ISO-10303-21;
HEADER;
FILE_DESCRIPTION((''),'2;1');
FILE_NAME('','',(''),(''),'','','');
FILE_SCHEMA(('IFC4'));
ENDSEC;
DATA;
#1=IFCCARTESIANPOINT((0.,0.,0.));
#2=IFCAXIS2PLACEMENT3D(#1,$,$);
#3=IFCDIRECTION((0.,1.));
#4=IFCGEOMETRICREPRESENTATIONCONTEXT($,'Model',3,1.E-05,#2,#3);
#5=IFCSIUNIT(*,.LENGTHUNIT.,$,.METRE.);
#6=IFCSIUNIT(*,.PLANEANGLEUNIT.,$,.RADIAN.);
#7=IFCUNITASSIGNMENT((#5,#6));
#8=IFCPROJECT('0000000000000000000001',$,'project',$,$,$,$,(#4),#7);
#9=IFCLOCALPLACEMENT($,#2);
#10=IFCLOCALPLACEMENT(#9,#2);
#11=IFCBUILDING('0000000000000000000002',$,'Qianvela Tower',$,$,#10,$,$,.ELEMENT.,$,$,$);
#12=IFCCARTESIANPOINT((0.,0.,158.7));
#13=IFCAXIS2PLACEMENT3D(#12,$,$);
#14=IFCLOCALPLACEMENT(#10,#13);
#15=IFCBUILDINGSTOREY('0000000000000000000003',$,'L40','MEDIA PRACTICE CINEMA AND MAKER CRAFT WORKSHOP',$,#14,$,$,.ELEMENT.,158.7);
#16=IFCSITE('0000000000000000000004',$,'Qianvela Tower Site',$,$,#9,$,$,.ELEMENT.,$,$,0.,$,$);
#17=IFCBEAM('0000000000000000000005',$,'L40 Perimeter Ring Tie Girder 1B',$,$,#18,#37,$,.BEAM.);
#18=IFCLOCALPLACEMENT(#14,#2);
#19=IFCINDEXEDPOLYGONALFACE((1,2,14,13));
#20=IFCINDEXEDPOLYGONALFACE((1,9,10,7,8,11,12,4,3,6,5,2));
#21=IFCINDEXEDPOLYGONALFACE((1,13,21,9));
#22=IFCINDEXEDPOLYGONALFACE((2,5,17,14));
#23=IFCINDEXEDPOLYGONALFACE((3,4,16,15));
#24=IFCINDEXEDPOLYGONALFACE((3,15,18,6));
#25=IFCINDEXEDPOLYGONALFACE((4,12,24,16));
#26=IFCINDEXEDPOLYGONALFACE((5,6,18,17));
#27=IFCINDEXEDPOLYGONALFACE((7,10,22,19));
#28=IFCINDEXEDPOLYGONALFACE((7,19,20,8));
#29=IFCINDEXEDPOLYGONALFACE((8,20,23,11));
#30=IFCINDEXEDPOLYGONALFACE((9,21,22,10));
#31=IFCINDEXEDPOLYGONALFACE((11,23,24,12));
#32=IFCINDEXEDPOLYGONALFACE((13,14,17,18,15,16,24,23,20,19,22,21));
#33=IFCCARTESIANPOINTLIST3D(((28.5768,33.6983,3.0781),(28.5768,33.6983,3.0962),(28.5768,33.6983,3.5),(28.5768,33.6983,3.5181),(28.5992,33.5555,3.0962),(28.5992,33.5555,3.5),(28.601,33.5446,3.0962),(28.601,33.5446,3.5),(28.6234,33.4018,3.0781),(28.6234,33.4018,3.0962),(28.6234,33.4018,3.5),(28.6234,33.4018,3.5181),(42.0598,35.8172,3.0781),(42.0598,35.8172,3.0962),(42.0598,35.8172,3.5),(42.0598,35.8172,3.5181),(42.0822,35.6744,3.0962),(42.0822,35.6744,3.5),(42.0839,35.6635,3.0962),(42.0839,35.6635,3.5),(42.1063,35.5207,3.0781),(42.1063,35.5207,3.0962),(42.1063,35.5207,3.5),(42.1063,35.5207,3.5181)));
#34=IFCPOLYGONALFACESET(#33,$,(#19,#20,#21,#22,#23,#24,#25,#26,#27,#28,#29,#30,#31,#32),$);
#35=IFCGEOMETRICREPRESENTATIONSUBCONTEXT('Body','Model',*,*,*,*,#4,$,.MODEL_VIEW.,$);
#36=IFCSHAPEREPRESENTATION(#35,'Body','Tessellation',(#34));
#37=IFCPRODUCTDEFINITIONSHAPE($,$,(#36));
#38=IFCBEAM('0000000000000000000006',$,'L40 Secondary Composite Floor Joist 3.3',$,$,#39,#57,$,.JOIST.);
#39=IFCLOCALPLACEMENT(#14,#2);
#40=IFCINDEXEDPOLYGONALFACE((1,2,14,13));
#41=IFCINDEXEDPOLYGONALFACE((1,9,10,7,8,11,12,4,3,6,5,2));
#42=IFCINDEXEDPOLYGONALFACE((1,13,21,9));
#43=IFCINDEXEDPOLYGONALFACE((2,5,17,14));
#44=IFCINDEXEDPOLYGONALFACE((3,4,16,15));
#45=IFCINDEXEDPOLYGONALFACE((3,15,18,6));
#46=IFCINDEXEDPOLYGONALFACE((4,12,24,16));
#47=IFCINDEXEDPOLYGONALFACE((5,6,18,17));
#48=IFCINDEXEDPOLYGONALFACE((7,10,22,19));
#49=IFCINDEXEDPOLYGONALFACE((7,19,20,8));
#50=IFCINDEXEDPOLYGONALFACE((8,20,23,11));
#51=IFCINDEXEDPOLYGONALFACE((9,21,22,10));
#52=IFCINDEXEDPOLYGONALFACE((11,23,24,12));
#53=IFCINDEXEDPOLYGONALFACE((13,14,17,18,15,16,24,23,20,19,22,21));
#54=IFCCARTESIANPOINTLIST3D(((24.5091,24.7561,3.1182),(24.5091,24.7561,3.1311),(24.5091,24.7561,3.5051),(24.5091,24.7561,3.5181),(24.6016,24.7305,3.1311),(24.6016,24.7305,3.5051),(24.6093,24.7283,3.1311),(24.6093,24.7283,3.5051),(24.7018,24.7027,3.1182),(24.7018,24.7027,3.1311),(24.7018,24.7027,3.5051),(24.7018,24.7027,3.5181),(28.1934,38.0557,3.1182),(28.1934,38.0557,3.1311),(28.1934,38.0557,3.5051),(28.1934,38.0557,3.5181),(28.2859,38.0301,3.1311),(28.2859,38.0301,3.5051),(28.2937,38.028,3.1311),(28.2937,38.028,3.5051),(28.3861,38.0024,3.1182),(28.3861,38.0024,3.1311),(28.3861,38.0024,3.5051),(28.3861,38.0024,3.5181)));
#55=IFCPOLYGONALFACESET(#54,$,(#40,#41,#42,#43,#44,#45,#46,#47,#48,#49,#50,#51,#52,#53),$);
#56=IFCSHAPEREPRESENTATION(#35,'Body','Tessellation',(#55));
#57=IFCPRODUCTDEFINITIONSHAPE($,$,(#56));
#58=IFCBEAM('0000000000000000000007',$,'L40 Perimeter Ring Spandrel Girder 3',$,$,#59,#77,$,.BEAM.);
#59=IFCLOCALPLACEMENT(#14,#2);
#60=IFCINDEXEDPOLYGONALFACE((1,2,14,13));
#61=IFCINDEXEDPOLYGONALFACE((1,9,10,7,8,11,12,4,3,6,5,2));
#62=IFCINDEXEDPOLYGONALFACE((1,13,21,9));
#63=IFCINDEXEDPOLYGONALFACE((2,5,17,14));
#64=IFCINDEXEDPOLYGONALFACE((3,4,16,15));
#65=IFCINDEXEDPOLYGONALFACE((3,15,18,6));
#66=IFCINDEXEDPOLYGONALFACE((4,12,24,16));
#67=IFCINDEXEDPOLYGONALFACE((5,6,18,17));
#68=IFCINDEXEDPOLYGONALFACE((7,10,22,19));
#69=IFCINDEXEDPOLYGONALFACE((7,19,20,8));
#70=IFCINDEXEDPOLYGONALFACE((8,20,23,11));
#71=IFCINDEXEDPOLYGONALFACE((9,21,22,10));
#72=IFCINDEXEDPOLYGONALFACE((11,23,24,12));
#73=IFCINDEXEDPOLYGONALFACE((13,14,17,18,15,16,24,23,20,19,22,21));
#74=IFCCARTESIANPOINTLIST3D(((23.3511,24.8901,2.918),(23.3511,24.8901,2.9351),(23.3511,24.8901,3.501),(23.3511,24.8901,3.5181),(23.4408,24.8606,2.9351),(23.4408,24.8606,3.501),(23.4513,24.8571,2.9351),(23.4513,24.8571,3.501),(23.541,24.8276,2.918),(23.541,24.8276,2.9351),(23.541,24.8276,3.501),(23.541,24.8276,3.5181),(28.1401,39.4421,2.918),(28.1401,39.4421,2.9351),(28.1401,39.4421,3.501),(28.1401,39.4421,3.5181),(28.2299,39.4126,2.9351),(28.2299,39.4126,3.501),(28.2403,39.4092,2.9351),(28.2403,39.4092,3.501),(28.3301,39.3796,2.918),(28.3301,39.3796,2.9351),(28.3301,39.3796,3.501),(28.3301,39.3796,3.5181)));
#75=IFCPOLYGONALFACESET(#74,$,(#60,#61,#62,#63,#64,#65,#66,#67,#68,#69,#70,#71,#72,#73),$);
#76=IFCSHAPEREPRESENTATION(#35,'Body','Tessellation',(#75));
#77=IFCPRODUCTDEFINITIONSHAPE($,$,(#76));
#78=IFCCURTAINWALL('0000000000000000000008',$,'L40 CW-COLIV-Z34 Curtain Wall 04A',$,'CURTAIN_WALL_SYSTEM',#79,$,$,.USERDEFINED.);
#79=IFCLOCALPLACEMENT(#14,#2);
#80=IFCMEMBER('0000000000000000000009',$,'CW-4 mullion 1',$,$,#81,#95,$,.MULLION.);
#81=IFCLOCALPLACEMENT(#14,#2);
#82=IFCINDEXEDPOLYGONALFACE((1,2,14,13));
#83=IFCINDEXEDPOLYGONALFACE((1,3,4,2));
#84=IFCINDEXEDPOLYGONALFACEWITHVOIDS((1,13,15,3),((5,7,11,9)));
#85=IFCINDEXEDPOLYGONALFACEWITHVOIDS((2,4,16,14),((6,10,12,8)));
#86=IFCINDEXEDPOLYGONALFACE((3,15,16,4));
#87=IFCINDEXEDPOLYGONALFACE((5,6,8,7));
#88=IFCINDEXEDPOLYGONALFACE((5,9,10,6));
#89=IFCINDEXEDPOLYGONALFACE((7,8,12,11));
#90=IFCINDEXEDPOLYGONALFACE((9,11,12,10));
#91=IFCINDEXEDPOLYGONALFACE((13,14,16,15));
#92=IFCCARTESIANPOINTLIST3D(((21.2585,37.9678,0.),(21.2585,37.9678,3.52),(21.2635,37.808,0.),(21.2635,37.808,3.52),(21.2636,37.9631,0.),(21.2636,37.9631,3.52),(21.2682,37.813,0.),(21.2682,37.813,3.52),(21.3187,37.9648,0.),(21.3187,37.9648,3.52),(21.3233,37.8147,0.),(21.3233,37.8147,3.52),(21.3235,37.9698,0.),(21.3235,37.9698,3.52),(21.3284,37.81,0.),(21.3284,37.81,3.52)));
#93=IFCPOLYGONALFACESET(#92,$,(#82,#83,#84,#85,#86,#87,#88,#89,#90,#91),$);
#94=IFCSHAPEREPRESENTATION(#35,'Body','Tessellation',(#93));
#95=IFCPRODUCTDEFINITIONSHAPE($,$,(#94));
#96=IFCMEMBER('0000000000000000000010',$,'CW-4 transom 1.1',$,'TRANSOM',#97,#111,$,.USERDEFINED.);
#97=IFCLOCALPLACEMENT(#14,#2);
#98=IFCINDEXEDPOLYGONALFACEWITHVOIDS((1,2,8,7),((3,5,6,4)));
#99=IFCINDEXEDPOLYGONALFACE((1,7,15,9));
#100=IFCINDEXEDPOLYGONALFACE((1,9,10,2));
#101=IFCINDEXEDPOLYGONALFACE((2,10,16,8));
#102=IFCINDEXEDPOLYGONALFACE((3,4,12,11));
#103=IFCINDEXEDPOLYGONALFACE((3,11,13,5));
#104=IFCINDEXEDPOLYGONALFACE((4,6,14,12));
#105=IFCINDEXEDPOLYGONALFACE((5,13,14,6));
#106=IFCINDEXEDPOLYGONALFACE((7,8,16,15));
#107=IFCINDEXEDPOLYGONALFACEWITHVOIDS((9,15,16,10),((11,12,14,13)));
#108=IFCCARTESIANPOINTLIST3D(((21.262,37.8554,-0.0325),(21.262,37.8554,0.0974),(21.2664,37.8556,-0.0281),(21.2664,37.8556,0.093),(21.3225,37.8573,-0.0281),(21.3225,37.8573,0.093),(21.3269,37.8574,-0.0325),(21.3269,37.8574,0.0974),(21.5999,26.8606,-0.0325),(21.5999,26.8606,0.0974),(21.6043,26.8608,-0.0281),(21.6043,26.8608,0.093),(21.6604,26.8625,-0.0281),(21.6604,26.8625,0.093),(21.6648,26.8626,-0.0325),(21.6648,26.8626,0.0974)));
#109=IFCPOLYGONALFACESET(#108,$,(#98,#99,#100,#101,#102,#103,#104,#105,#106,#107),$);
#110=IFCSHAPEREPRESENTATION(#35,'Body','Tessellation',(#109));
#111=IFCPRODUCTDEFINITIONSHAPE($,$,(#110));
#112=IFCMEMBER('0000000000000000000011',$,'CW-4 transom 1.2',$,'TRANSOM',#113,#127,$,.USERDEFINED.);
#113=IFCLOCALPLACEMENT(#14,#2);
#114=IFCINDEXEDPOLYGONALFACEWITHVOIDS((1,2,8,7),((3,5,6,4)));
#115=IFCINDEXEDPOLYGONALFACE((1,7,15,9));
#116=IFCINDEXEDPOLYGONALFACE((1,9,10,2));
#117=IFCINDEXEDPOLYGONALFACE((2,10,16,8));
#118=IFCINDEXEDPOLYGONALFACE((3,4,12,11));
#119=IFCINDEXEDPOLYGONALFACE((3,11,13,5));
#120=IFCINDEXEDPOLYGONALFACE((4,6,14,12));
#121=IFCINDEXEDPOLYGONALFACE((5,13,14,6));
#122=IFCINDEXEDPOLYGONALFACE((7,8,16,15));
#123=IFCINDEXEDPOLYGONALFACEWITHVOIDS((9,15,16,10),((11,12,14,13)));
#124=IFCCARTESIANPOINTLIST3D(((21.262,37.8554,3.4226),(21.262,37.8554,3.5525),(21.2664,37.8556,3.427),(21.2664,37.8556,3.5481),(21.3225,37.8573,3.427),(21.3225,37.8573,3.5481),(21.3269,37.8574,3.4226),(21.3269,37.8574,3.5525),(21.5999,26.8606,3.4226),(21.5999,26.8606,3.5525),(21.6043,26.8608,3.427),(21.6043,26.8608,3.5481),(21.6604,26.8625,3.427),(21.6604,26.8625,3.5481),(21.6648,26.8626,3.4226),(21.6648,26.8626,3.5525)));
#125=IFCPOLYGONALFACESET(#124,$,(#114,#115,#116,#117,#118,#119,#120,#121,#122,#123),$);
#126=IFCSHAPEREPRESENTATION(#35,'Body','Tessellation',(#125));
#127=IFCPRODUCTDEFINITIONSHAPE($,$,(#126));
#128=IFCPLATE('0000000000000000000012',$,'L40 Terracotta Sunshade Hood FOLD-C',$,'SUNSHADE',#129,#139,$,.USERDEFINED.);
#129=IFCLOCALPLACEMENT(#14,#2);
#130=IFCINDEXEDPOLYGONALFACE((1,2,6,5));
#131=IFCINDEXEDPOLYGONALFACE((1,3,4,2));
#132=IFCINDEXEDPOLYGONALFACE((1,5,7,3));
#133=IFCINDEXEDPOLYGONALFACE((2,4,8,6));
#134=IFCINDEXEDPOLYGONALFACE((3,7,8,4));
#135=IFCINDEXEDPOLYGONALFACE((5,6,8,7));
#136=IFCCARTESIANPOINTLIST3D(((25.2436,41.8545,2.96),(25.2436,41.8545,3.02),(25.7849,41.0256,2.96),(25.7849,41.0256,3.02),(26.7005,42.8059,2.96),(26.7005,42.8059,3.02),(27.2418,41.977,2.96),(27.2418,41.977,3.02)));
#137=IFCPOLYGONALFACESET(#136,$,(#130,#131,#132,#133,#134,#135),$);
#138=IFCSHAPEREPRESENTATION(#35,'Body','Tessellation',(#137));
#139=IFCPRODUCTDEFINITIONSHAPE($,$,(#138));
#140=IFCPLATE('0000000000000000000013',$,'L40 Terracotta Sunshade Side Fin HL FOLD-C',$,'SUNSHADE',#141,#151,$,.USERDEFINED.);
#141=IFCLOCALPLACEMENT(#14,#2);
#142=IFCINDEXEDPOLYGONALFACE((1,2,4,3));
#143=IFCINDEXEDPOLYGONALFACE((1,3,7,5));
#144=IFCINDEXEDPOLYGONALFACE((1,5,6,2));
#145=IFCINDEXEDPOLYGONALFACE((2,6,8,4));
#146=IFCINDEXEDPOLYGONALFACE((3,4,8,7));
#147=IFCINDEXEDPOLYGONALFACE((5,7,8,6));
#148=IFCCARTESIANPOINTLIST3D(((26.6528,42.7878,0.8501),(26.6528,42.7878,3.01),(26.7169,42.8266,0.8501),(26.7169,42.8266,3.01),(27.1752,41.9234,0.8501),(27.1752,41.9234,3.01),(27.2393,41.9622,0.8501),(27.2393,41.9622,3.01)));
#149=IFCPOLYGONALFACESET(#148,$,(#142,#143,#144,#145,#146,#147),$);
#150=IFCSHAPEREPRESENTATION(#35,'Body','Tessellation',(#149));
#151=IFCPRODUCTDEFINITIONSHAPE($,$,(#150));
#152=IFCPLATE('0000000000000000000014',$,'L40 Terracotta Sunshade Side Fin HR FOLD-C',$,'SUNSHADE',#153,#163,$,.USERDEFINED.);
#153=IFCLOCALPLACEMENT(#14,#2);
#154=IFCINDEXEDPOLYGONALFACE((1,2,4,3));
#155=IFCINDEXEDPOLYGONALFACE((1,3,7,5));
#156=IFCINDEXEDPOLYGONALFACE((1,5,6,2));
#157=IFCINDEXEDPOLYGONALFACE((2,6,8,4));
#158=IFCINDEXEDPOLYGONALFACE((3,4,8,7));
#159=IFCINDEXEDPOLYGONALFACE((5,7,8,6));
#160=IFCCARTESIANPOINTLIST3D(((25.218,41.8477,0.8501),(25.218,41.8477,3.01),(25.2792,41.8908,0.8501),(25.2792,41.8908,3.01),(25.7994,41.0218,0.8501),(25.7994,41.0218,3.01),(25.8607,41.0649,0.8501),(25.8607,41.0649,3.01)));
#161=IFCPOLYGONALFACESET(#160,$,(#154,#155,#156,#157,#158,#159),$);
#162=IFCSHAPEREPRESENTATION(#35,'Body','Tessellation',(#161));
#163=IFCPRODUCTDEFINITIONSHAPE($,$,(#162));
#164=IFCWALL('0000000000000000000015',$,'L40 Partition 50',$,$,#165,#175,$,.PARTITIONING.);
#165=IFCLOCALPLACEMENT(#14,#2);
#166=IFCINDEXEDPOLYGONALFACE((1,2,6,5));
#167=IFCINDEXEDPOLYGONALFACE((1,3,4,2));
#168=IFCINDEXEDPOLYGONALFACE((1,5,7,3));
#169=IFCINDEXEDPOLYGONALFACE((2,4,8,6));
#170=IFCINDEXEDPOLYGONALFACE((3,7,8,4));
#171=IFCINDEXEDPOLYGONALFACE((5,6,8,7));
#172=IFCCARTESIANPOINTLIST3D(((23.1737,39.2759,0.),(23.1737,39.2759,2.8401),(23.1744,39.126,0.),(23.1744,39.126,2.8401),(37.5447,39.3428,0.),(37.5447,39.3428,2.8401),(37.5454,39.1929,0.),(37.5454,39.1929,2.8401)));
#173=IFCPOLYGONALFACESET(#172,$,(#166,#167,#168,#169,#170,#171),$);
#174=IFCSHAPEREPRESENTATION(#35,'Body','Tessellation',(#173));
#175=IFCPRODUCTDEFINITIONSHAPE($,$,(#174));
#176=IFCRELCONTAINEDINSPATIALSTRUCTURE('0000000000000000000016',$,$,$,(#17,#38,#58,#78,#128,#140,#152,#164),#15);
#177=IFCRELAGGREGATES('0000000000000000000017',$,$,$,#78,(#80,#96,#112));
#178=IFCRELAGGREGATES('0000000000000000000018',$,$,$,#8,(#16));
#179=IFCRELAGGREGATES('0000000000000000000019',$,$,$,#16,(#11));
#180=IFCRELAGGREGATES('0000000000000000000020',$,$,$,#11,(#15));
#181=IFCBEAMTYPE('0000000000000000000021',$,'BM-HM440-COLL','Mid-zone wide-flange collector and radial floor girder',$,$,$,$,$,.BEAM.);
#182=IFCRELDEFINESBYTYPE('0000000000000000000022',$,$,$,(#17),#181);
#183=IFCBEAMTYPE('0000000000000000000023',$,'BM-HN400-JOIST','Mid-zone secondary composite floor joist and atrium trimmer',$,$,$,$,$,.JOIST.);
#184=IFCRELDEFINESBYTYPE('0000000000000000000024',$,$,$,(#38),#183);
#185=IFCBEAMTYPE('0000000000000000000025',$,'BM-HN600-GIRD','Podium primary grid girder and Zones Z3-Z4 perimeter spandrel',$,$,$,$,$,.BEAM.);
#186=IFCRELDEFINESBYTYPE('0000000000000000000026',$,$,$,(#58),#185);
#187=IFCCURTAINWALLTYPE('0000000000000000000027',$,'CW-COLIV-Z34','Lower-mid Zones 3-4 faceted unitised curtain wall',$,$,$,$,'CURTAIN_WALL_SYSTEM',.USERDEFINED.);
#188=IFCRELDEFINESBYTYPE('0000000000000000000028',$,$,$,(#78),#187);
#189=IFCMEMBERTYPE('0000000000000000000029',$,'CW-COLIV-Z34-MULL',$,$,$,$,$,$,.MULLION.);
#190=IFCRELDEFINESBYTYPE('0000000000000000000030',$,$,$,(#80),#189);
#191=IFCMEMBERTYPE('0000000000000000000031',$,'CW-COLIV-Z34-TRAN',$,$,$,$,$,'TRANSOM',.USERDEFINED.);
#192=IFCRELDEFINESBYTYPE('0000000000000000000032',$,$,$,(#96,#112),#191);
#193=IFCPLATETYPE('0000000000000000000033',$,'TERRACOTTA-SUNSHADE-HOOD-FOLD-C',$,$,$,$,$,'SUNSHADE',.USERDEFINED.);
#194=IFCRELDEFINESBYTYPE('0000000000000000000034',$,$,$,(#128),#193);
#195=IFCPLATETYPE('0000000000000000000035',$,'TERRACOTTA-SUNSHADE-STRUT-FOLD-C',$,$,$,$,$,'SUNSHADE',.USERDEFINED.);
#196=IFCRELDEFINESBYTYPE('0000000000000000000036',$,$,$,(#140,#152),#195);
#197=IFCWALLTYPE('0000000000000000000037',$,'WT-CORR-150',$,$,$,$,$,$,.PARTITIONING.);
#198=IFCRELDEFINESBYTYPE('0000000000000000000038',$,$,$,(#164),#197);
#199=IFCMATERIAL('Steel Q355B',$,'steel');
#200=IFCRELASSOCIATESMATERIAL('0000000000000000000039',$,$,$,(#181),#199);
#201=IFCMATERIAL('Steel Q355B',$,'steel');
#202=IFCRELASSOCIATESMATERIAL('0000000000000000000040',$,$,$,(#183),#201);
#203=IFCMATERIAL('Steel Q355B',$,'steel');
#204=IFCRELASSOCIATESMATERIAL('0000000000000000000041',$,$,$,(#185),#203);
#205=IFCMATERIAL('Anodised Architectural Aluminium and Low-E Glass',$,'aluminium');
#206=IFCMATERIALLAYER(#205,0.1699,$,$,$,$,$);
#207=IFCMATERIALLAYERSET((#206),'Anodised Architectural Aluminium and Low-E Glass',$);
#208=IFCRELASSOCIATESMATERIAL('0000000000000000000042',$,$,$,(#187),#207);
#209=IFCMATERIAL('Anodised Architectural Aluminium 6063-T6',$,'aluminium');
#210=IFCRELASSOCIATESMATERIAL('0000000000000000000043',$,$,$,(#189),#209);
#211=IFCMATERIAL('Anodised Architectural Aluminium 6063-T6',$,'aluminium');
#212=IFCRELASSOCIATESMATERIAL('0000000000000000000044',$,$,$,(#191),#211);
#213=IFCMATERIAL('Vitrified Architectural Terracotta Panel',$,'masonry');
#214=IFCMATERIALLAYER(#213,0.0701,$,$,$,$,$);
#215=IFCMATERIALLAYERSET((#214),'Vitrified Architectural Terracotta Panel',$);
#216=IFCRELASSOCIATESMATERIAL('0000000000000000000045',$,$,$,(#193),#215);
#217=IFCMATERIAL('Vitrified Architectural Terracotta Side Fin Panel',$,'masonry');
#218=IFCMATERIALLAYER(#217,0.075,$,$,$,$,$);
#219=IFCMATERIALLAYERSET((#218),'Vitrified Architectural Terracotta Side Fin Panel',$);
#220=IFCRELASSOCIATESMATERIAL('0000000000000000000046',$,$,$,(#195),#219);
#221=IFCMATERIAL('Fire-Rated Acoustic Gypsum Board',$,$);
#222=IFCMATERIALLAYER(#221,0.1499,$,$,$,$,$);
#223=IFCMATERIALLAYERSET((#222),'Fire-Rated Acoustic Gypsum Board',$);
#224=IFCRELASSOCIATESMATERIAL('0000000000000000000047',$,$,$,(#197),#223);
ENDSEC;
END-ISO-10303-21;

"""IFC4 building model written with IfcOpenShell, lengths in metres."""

from ifc_helpers import new_model, si_unit, direction, frame, frame_2d, origin, origin_2d, place, context, subcontext, project, spatial, rectangle, hollow_rectangle, i_section, extrude, material, layer, layer_set, material_profile, profile_set, type_object, element, aggregate, save


model = new_model("IFC4")

# Units and contexts
model_context = context("Model", 3, precision=1e-05, world=origin(), true_north=direction((0.0, 1.0)))
body_context = subcontext(model_context, "Body", "Model", "MODEL_VIEW")
ifc_project = project(units=[si_unit("LENGTHUNIT", "METRE"), si_unit("PLANEANGLEUNIT", "RADIAN")], contexts=[model_context])

# Site, building, storey
site_placement = place(None, origin())
site = spatial("IfcSite", under=ifc_project, at=site_placement, Name="Qianvela Tower Site", CompositionType="ELEMENT", RefElevation=0.0)
building_placement = place(site_placement, origin())
building = spatial("IfcBuilding", under=site, at=building_placement, Name="Qianvela Tower", CompositionType="ELEMENT")
storey_placement = place(building_placement, frame((0.0, 0.0, 158.7)))
storey = spatial("IfcBuildingStorey", under=building, at=storey_placement, Name="L40", Description="MEDIA PRACTICE CINEMA AND MAKER CRAFT WORKSHOP", CompositionType="ELEMENT", Elevation=158.7)

# Beams
ifc_material_1 = material(Name="Steel Q355B", Category="steel")
ifc_material_profile_1 = material_profile(ifc_material_1, i_section(OverallWidth=0.3, OverallDepth=0.4399, WebThickness=0.011, FlangeThickness=0.0181, at=origin_2d()), Name="HM440x300x11x18")
ifc_profile_set_1 = profile_set([ifc_material_profile_1], Name="Steel Q355B")
beam_type_1 = type_object("IfcBeamType", Name="BM-HM440-COLL", Description="Mid-zone wide-flange collector and radial floor girder", PredefinedType="BEAM", material=ifc_profile_set_1)
beam_1_placement = place(storey_placement, frame((28.6001, 33.55, 3.2981), z_axis=(0.987875, 0.155249, 0.0), x_axis=(-0.155249, 0.987875, 0.0)))
element("IfcBeam", 1, at=beam_1_placement, inside=storey, type_object=beam_type_1, Name="L40 Perimeter Ring Tie Girder 1B", PredefinedType="BEAM", context=body_context, shape_type="SweptSolid", body=[
    extrude(i_section(OverallWidth=0.3, OverallDepth=0.4399, WebThickness=0.011, FlangeThickness=0.0181, at=origin_2d()), origin(), (0.0, 0.0, 1.0), 13.6484),
])
ifc_material_2 = material(Name="Steel Q355B", Category="steel")
ifc_material_profile_2 = material_profile(ifc_material_2, i_section(OverallWidth=0.2, OverallDepth=0.3999, WebThickness=0.0081, FlangeThickness=0.0129, at=origin_2d()), Name="HN400x200x8x13")
ifc_profile_set_2 = profile_set([ifc_material_profile_2], Name="Steel Q355B")
beam_type_2 = type_object("IfcBeamType", Name="BM-HN400-JOIST", Description="Mid-zone secondary composite floor joist and atrium trimmer", PredefinedType="JOIST", material=ifc_profile_set_2)
beam_2_placement = place(storey_placement, frame((28.2898, 38.0291, 3.3181), z_axis=(-0.266971, -0.963704, 0.0), x_axis=(0.963704, -0.266971, 0.0)))
element("IfcBeam", 2, at=beam_2_placement, inside=storey, type_object=beam_type_2, Name="L40 Secondary Composite Floor Joist 3.3", PredefinedType="JOIST", context=body_context, shape_type="SweptSolid", body=[
    extrude(i_section(OverallWidth=0.2, OverallDepth=0.3999, WebThickness=0.0081, FlangeThickness=0.0129, at=origin_2d()), origin(), (0.0, 0.0, 1.0), 13.8005),
])
ifc_material_3 = material(Name="Steel Q355B", Category="steel")
ifc_material_profile_3 = material_profile(ifc_material_3, i_section(OverallWidth=0.2, OverallDepth=0.6001, WebThickness=0.011, FlangeThickness=0.0171, at=origin_2d()), Name="HN600x200x11x17")
ifc_profile_set_3 = profile_set([ifc_material_profile_3], Name="Steel Q355B")
beam_type_3 = type_object("IfcBeamType", Name="BM-HN600-GIRD", Description="Podium primary grid girder and Zones Z3-Z4 perimeter spandrel", PredefinedType="BEAM", material=ifc_profile_set_3)
beam_3_placement = place(storey_placement, frame((28.2351, 39.4109, 3.218), z_axis=(-0.312606, -0.949883, 0.0), x_axis=(0.949883, -0.312606, 0.0)))
element("IfcBeam", 3, at=beam_3_placement, inside=storey, type_object=beam_type_3, Name="L40 Perimeter Ring Spandrel Girder 3", PredefinedType="BEAM", context=body_context, shape_type="SweptSolid", body=[
    extrude(i_section(OverallWidth=0.2, OverallDepth=0.6001, WebThickness=0.011, FlangeThickness=0.0171, at=origin_2d()), origin(), (0.0, 0.0, 1.0), 15.3198),
])

# Curtain wall, members
ifc_material_4 = material(Name="Anodised Architectural Aluminium and Low-E Glass", Category="aluminium")
ifc_layer_1 = layer(ifc_material_4, 0.1699)
ifc_layer_set_1 = layer_set([ifc_layer_1], Name="Anodised Architectural Aluminium and Low-E Glass")
curtain_wall_type = type_object("IfcCurtainWallType", Name="CW-COLIV-Z34", Description="Lower-mid Zones 3-4 faceted unitised curtain wall", ElementType="CURTAIN_WALL_SYSTEM", PredefinedType="USERDEFINED", material=ifc_layer_set_1)
curtain_wall_placement = place(storey_placement, origin())
curtain_wall = element("IfcCurtainWall", 4, at=curtain_wall_placement, inside=storey, type_object=curtain_wall_type, Name="L40 CW-COLIV-Z34 Curtain Wall 04A", ObjectType="CURTAIN_WALL_SYSTEM", PredefinedType="USERDEFINED")
ifc_material_5 = material(Name="Anodised Architectural Aluminium 6063-T6", Category="aluminium")
ifc_material_profile_4 = material_profile(ifc_material_5, hollow_rectangle(XDim=0.0649, YDim=0.1599, WallThickness=0.0049, at=origin_2d()), Name="ALU-MULL-65x160")
ifc_profile_set_4 = profile_set([ifc_material_profile_4], Name="Anodised Architectural Aluminium 6063-T6")
member_type_1 = type_object("IfcMemberType", Name="CW-COLIV-Z34-MULL", PredefinedType="MULLION", material=ifc_profile_set_4)
member_1_placement = place(storey_placement, frame((21.2935, 37.8889, 0.0), z_axis=(0.0, 0.0, 1.0), x_axis=(0.999528, 0.030719, 0.0)))
member_1 = element("IfcMember", 5, at=member_1_placement, type_object=member_type_1, Name="CW-4 mullion 1", PredefinedType="MULLION", context=body_context, shape_type="SweptSolid", body=[
    extrude(hollow_rectangle(XDim=0.0649, YDim=0.1599, WallThickness=0.0049, at=origin_2d()), origin(), (0.0, 0.0, 1.0), 3.52),
])
ifc_material_6 = material(Name="Anodised Architectural Aluminium 6063-T6", Category="aluminium")
ifc_material_profile_5 = material_profile(ifc_material_6, hollow_rectangle(XDim=0.0649, YDim=0.1299, WallThickness=0.0044, at=origin_2d()), Name="ALU-TRAN-65x130")
ifc_profile_set_5 = profile_set([ifc_material_profile_5], Name="Anodised Architectural Aluminium 6063-T6")
member_type_2 = type_object("IfcMemberType", Name="CW-COLIV-Z34-TRAN", ElementType="TRANSOM", PredefinedType="USERDEFINED", material=ifc_profile_set_5)
member_2_placement = place(storey_placement, frame((21.2944, 37.8564, 0.0325), z_axis=(0.030717, -0.999528, 0.0), x_axis=(0.999528, 0.030717, 0.0)))
member_2 = element("IfcMember", 6, at=member_2_placement, type_object=member_type_2, Name="CW-4 transom 1.1", ObjectType="TRANSOM", PredefinedType="USERDEFINED", context=body_context, shape_type="SweptSolid", body=[
    extrude(hollow_rectangle(XDim=0.0649, YDim=0.1299, WallThickness=0.0044, at=origin_2d()), origin(), (0.0, 0.0, 1.0), 11.0),
])
member_3_placement = place(storey_placement, frame((21.2944, 37.8564, 3.4875), z_axis=(0.030717, -0.999528, 0.0), x_axis=(0.999528, 0.030717, 0.0)))
member_3 = element("IfcMember", 7, at=member_3_placement, type_object=member_type_2, Name="CW-4 transom 1.2", ObjectType="TRANSOM", PredefinedType="USERDEFINED", context=body_context, shape_type="SweptSolid", body=[
    extrude(hollow_rectangle(XDim=0.0649, YDim=0.1299, WallThickness=0.0044, at=origin_2d()), origin(), (0.0, 0.0, 1.0), 11.0),
])
aggregate(curtain_wall, [member_1, member_2, member_3])

# Plates
ifc_material_7 = material(Name="Vitrified Architectural Terracotta Panel", Category="masonry")
ifc_layer_2 = layer(ifc_material_7, 0.0701)
ifc_layer_set_2 = layer_set([ifc_layer_2], Name="Vitrified Architectural Terracotta Panel")
plate_type_1 = type_object("IfcPlateType", Name="TERRACOTTA-SUNSHADE-HOOD-FOLD-C", ElementType="SUNSHADE", PredefinedType="USERDEFINED", material=ifc_layer_set_2)
plate_placement = place(storey_placement, frame((26.2427, 41.9158, 2.96), z_axis=(0.0, 0.0, 1.0), x_axis=(-0.837281, -0.546773, 0.0)))
element("IfcPlate", 8, at=plate_placement, inside=storey, type_object=plate_type_1, Name="L40 Terracotta Sunshade Hood FOLD-C", ObjectType="SUNSHADE", PredefinedType="USERDEFINED", context=body_context, shape_type="SweptSolid", body=[
    extrude(rectangle(XDim=1.74, YDim=0.99, at=origin_2d()), origin(), (0.0, 0.0, 1.0), 0.0601),
])
ifc_material_8 = material(Name="Vitrified Architectural Terracotta Side Fin Panel", Category="masonry")
ifc_layer_3 = layer(ifc_material_8, 0.075)
ifc_layer_set_3 = layer_set([ifc_layer_3], Name="Vitrified Architectural Terracotta Side Fin Panel")
plate_type_2 = type_object("IfcPlateType", Name="TERRACOTTA-SUNSHADE-STRUT-FOLD-C", ElementType="SUNSHADE", PredefinedType="USERDEFINED", material=ifc_layer_set_3)
for number, where, z_axis, x_axis, name in (
    (9, (26.946, 42.375, 0.8501), (0.0, 0.0, 1.0), (-0.855853, -0.517219, 0.0), "L40 Terracotta Sunshade Side Fin HL FOLD-C"),
    (10, (25.5393, 41.4563, 0.8501), (0.0, 0.0, 1.0), (-0.817689, -0.57566, 0.0), "L40 Terracotta Sunshade Side Fin HR FOLD-C"),
):
    element("IfcPlate", number, at=place(storey_placement, frame(where, z_axis=z_axis, x_axis=x_axis)), inside=storey, type_object=plate_type_2, Name=name, ObjectType="SUNSHADE", PredefinedType="USERDEFINED", context=body_context, shape_type="SweptSolid", body=[
        extrude(rectangle(XDim=0.075, YDim=1.01, at=origin_2d()), origin(), (0.0, 0.0, 1.0), 2.1599),
    ])

# Wall
ifc_material_9 = material(Name="Fire-Rated Acoustic Gypsum Board")
ifc_layer_4 = layer(ifc_material_9, 0.1499)
ifc_layer_set_4 = layer_set([ifc_layer_4], Name="Fire-Rated Acoustic Gypsum Board")
wall_type_1 = type_object("IfcWallType", Name="WT-CORR-150", PredefinedType="PARTITIONING", material=ifc_layer_set_4)
wall_1_placement = place(storey_placement, frame((23.1741, 39.2009, 0.0), z_axis=(0.0, 0.0, 1.0), x_axis=(0.999989, 0.004655, 0.0)))
element("IfcWall", 11, at=wall_1_placement, inside=storey, type_object=wall_type_1, Name="L40 Partition 50", PredefinedType="PARTITIONING", context=body_context, shape_type="SweptSolid", body=[
    extrude(rectangle(XDim=14.3711, YDim=0.1499, at=frame_2d((7.1855, 0.0))), origin(), (0.0, 0.0, 1.0), 2.8401),
])

save(model, "model.ifc")
